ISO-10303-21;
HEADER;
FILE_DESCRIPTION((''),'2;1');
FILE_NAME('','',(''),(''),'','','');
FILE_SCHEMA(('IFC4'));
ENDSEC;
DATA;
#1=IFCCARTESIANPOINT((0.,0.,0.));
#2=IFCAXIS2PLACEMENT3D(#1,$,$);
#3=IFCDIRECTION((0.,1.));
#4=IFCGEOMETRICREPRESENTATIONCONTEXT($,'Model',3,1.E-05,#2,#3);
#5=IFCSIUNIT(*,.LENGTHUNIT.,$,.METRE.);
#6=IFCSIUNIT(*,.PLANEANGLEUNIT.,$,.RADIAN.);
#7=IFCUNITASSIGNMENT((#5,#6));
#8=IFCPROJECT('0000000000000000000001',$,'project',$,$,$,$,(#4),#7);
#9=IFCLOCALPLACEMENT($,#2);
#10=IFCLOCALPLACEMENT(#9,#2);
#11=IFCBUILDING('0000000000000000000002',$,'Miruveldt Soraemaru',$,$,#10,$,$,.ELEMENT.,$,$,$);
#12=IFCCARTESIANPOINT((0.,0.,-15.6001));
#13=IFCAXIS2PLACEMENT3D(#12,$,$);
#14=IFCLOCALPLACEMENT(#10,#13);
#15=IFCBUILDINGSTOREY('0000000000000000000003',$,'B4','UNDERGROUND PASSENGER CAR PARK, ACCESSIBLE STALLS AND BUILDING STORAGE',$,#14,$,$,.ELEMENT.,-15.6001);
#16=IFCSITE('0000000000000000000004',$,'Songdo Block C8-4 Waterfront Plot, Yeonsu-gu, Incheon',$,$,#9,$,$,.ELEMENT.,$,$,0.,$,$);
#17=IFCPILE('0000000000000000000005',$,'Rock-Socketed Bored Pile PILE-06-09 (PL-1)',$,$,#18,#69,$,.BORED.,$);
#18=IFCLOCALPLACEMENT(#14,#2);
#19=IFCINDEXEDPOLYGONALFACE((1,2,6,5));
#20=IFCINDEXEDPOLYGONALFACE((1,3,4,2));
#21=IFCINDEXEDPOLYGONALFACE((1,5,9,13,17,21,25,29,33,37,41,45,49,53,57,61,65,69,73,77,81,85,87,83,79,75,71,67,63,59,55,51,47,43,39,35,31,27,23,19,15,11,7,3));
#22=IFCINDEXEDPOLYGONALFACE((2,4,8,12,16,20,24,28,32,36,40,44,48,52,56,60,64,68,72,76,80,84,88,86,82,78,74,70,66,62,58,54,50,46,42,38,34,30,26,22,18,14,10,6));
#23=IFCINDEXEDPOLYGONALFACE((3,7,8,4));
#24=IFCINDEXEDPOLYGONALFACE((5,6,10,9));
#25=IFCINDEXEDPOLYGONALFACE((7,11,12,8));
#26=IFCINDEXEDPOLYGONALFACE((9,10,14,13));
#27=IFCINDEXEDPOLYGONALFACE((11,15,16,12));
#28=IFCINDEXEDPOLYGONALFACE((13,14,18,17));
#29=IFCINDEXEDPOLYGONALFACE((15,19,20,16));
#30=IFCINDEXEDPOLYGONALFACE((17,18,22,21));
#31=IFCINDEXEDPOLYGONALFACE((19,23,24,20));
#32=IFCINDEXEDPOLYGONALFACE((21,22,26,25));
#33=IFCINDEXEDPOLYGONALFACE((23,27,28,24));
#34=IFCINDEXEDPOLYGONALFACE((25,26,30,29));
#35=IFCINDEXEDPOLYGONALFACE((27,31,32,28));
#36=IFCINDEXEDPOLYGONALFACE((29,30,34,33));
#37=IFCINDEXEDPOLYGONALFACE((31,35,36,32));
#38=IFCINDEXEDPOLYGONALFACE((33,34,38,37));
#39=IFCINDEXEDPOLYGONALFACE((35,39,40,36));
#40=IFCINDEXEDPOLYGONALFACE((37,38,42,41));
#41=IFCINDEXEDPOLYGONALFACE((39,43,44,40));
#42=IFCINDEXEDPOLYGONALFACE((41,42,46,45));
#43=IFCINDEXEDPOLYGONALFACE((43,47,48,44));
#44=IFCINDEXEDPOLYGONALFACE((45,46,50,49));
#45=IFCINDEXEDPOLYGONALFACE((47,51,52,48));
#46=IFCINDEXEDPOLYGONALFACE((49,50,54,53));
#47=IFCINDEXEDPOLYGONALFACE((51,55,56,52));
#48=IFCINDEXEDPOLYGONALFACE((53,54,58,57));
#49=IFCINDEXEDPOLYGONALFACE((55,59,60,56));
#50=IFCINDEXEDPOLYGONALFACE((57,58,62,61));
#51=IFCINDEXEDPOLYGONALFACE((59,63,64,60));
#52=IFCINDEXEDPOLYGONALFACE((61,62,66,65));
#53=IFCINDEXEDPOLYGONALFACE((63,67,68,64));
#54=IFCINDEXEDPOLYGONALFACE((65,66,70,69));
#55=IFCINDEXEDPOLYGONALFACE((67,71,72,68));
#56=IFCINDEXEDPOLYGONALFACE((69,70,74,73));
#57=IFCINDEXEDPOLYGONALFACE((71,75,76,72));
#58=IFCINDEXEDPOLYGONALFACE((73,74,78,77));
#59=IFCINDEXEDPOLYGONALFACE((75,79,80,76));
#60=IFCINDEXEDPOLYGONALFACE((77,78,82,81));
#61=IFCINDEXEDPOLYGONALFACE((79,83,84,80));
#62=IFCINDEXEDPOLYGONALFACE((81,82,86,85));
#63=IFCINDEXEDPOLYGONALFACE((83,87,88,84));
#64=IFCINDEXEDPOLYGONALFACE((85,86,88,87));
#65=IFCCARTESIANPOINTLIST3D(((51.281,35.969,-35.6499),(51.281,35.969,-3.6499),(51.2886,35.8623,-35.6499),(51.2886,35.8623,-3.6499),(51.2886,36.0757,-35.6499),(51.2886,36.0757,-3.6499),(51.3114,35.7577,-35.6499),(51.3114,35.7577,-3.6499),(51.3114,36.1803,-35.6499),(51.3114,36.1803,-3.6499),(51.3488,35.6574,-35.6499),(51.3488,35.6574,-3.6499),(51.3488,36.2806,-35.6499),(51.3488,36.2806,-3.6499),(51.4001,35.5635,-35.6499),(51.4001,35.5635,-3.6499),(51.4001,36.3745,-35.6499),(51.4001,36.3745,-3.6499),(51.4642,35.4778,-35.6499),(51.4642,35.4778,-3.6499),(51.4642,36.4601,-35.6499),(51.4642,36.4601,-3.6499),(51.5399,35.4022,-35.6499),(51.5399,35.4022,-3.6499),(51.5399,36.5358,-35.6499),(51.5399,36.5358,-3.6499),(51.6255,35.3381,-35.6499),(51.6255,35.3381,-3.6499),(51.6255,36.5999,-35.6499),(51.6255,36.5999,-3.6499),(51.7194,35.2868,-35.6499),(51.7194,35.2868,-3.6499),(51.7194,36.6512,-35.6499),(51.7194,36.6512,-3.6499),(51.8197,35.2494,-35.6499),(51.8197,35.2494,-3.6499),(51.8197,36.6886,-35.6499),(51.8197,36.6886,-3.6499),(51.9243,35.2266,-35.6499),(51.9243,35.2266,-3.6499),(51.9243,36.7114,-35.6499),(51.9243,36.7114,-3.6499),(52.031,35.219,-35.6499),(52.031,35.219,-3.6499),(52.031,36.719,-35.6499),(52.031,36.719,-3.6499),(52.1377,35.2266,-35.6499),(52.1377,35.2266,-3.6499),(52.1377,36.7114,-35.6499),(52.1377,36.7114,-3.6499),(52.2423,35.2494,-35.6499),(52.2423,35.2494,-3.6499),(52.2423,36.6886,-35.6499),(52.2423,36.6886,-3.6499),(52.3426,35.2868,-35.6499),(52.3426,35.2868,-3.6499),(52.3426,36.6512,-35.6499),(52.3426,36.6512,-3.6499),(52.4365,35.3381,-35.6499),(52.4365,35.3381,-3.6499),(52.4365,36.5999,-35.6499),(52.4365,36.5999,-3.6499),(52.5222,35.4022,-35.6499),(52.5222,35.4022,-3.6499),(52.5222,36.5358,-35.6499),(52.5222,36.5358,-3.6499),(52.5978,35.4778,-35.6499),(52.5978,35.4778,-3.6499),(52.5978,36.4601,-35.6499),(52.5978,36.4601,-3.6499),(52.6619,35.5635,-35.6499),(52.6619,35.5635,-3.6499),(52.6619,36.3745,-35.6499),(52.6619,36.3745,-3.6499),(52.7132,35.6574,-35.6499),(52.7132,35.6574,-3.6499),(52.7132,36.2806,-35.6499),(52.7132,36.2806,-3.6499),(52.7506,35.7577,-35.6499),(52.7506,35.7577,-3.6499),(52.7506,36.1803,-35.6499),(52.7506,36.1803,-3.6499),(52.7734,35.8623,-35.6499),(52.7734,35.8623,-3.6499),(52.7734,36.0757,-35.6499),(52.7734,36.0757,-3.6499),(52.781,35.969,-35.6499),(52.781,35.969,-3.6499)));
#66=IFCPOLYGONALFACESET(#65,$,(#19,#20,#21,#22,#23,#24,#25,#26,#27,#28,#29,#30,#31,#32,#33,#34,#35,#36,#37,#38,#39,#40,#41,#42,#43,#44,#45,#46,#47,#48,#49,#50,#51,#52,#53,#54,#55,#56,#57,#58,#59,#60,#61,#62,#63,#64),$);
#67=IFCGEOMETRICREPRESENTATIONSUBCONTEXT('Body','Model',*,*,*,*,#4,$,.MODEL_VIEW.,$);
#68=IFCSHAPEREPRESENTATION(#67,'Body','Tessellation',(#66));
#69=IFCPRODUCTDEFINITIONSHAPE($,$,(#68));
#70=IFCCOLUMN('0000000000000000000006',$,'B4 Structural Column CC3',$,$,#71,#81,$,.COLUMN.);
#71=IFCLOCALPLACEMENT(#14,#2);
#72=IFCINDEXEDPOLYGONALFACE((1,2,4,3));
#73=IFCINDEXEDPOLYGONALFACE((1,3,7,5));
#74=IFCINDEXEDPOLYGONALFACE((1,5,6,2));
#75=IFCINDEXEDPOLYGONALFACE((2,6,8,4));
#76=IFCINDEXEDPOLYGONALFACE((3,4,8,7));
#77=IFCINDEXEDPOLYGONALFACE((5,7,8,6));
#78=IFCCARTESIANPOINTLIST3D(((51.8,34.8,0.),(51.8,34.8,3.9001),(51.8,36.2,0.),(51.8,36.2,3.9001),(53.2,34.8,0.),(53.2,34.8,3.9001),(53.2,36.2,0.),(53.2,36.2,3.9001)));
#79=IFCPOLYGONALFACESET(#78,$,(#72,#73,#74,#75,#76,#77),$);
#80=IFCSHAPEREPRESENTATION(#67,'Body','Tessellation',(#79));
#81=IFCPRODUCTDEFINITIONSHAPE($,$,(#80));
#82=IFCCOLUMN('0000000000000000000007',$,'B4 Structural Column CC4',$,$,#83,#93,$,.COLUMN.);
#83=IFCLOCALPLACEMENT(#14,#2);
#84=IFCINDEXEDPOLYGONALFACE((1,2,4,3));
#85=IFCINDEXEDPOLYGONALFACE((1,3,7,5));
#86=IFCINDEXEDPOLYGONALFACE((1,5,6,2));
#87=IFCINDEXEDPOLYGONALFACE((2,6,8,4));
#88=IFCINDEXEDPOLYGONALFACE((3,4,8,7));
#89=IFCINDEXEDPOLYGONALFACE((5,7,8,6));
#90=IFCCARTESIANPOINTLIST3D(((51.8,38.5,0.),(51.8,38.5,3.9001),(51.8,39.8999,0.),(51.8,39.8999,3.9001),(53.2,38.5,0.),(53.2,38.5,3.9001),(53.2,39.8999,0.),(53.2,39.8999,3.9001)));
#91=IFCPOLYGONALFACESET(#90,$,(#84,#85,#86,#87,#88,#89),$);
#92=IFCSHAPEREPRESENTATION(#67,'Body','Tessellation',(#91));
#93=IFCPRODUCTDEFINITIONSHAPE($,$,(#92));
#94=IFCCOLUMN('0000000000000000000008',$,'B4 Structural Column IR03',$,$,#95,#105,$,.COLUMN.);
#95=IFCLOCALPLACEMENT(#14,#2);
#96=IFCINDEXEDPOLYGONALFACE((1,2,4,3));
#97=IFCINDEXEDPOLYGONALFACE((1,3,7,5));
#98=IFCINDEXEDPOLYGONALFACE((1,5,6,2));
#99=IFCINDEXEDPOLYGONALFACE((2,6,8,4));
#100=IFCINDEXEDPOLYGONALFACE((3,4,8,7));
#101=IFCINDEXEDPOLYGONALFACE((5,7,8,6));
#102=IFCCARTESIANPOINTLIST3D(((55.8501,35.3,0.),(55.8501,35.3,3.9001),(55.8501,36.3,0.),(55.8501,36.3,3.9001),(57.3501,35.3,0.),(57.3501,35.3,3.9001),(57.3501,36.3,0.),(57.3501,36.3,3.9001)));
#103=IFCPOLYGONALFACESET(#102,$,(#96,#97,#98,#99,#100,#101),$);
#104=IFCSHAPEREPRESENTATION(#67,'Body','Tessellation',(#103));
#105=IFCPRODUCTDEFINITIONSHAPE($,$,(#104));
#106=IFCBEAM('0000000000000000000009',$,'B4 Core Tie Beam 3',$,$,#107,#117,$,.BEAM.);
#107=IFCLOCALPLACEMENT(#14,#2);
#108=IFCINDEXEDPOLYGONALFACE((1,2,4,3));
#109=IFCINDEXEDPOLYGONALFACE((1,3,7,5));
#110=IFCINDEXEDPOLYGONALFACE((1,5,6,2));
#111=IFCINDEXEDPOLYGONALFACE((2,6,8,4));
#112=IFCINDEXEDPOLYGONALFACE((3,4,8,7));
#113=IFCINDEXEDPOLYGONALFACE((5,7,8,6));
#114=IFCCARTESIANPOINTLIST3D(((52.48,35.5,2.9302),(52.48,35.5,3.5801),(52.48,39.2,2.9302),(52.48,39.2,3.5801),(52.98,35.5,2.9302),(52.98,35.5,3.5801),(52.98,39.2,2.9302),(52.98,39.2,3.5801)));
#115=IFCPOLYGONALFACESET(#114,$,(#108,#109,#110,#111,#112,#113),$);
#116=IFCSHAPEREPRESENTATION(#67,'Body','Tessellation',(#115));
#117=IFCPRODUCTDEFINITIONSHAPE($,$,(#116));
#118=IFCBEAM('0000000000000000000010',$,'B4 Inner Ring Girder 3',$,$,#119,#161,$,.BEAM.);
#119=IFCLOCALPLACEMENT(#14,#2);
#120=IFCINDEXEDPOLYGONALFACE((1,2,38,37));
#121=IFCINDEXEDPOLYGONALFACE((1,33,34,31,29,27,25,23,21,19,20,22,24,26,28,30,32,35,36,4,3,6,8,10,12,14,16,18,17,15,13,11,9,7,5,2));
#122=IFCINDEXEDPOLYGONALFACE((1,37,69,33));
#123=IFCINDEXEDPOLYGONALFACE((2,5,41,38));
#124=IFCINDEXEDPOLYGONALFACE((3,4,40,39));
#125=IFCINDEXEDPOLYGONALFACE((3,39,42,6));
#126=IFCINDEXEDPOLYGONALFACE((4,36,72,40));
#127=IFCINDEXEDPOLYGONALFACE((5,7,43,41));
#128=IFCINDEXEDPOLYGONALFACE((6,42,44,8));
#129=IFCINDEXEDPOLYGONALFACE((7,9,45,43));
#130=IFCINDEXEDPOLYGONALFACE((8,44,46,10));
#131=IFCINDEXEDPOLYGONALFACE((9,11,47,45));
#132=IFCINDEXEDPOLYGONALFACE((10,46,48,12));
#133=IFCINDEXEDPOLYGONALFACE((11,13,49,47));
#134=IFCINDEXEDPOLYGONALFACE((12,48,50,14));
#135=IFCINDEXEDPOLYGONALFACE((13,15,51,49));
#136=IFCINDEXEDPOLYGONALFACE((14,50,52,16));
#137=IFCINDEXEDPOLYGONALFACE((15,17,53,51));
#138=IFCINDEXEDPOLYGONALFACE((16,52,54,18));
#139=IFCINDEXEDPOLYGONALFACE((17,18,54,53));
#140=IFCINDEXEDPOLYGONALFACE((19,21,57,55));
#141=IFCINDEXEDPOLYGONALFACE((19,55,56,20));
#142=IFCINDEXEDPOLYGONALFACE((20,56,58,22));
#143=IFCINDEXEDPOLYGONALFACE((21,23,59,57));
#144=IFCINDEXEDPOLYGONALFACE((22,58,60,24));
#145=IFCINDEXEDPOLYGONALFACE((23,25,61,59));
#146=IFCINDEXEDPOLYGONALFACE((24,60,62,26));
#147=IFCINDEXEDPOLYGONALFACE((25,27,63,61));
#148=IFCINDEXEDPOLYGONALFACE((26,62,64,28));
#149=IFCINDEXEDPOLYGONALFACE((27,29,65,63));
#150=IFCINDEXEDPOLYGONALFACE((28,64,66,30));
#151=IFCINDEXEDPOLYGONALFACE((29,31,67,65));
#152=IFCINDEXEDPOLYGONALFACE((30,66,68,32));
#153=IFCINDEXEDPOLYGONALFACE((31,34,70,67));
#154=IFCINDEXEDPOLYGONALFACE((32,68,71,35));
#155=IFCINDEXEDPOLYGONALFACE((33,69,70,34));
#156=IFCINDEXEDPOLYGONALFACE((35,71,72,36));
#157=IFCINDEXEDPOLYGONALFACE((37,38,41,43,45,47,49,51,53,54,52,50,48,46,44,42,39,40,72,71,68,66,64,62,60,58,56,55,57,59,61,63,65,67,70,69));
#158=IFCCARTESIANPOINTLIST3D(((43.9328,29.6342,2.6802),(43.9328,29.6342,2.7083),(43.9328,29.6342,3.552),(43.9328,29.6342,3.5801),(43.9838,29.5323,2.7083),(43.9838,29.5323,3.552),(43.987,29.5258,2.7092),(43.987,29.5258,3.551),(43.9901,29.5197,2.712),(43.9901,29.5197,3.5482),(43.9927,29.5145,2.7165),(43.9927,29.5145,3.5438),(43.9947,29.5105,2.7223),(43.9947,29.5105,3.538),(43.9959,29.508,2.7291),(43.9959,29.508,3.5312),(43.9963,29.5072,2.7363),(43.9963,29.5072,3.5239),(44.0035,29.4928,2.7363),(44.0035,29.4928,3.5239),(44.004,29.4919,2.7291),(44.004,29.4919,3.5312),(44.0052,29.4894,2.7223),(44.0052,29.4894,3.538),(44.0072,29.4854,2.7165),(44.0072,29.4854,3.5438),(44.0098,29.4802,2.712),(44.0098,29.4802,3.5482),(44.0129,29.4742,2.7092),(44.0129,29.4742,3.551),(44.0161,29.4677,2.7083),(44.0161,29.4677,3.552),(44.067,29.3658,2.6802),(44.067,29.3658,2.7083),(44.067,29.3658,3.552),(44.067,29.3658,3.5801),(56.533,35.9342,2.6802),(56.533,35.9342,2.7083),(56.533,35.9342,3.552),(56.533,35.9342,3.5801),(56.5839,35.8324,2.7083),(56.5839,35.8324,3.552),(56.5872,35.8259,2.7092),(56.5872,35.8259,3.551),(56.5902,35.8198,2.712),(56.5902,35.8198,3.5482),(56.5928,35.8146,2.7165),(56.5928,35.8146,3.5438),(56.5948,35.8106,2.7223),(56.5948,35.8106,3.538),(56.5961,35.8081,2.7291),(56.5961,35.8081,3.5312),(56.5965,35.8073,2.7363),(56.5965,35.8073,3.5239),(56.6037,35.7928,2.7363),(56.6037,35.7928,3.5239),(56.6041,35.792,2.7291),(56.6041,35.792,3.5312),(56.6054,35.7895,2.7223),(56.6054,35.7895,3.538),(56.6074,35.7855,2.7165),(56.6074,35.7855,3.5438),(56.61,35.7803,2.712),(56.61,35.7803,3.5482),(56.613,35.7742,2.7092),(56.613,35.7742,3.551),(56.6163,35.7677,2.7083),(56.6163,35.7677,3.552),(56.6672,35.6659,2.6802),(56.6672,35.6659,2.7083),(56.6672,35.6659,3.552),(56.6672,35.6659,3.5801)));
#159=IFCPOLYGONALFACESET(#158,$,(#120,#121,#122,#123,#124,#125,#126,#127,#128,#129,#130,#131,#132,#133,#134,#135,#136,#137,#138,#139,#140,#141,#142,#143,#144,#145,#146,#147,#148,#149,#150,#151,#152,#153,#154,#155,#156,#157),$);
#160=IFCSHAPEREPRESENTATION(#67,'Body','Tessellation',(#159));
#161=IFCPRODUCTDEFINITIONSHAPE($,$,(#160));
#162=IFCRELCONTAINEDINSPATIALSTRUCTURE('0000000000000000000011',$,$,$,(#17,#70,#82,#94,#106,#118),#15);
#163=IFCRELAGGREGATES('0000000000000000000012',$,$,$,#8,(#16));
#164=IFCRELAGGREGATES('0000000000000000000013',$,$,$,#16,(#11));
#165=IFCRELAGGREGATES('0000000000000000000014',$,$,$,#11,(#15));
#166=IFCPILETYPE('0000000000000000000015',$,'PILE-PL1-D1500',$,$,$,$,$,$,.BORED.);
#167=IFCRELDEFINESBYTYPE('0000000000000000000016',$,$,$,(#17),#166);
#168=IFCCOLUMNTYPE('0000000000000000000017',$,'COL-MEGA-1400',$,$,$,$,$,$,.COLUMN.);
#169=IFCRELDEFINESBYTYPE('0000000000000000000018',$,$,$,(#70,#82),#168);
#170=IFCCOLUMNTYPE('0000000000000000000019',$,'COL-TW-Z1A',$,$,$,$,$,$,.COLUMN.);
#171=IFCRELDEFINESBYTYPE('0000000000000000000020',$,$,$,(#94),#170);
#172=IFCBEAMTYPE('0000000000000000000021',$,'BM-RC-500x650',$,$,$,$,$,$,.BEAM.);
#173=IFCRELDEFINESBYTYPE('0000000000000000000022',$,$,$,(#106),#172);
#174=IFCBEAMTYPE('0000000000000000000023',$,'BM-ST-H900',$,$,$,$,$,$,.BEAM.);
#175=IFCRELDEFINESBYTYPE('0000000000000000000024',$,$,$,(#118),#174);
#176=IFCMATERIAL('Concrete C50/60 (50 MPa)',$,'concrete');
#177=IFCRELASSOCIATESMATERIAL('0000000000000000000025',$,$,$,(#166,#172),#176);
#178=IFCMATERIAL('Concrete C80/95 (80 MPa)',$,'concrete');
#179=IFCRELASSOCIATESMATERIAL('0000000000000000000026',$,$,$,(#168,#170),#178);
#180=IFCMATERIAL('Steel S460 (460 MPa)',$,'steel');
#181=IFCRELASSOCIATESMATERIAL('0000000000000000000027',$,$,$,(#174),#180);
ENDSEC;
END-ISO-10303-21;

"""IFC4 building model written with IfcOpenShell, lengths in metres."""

from ifc_helpers import new_model, si_unit, direction, frame, origin, origin_2d, place, context, subcontext, project, spatial, rectangle, circle, i_section, extrude, material, material_profile, profile_set, type_object, element, save


model = new_model("IFC4")

# Units and contexts
model_context = context("Model", 3, precision=1e-05, world=origin(), true_north=direction((0.0, 1.0)))
body_context = subcontext(model_context, "Body", "Model", "MODEL_VIEW")
ifc_project = project(units=[si_unit("LENGTHUNIT", "METRE"), si_unit("PLANEANGLEUNIT", "RADIAN")], contexts=[model_context])

# Site, building, storey
site_placement = place(None, origin())
site = spatial("IfcSite", under=ifc_project, at=site_placement, Name="Songdo Block C8-4 Waterfront Plot, Yeonsu-gu, Incheon", CompositionType="ELEMENT", RefElevation=0.0)
building_placement = place(site_placement, origin())
building = spatial("IfcBuilding", under=site, at=building_placement, Name="Miruveldt Soraemaru", CompositionType="ELEMENT")
storey_placement = place(building_placement, frame((0.0, 0.0, -15.6001)))
storey = spatial("IfcBuildingStorey", under=building, at=storey_placement, Name="B4", Description="UNDERGROUND PASSENGER CAR PARK, ACCESSIBLE STALLS AND BUILDING STORAGE", CompositionType="ELEMENT", Elevation=-15.6001)

# Pile
ifc_material_1 = material(Name="Concrete C50/60 (50 MPa)", Category="concrete")
ifc_material_profile_1 = material_profile(ifc_material_1, circle(Radius=0.75, at=origin_2d()), Name="Concrete C50/60 (50 MPa)", Category="concrete")
ifc_profile_set_1 = profile_set([ifc_material_profile_1], Name="Concrete C50/60 (50 MPa)")
pile_type = type_object("IfcPileType", Name="PILE-PL1-D1500", PredefinedType="BORED", material=ifc_profile_set_1)
for number, where, z_axis, x_axis, name in (
    (1, (52.031, 35.969, -3.6499), (0.0, 0.0, -1.0), (1.0, 0.0, 0.0), "Rock-Socketed Bored Pile PILE-06-09 (PL-1)"),
):
    element("IfcPile", number, at=place(storey_placement, frame(where, z_axis=z_axis, x_axis=x_axis)), inside=storey, type_object=pile_type, Name=name, PredefinedType="BORED", context=body_context, shape_type="SweptSolid", body=[
        extrude(circle(Radius=0.75, at=origin_2d()), origin(), (0.0, 0.0, 1.0), 32.0),
    ])

# Columns
ifc_material_2 = material(Name="Concrete C80/95 (80 MPa)", Category="concrete")
ifc_material_profile_2 = material_profile(ifc_material_2, rectangle(XDim=1.3999, YDim=1.3999, at=origin_2d()), Name="Concrete C80/95 (80 MPa)", Category="concrete")
ifc_profile_set_2 = profile_set([ifc_material_profile_2], Name="Concrete C80/95 (80 MPa)")
column_type_1 = type_object("IfcColumnType", Name="COL-MEGA-1400", PredefinedType="COLUMN", material=ifc_profile_set_2)
for number, where, z_axis, x_axis, name in (
    (2, (52.5, 35.5, 0.0), (0.0, 0.0, 1.0), (1.0, 0.0, 0.0), "B4 Structural Column CC3"),
    (3, (52.5, 39.2, 0.0), (0.0, 0.0, 1.0), (1.0, 0.0, 0.0), "B4 Structural Column CC4"),
):
    element("IfcColumn", number, at=place(storey_placement, frame(where, z_axis=z_axis, x_axis=x_axis)), inside=storey, type_object=column_type_1, Name=name, PredefinedType="COLUMN", context=body_context, shape_type="SweptSolid", body=[
        extrude(rectangle(XDim=1.3999, YDim=1.3999, at=origin_2d()), origin(), (0.0, 0.0, 1.0), 3.9001),
    ])
ifc_material_profile_3 = material_profile(ifc_material_2, rectangle(XDim=1.5, YDim=1.0, at=origin_2d()), Name="Concrete C80/95 (80 MPa)", Category="concrete")
ifc_profile_set_3 = profile_set([ifc_material_profile_3], Name="Concrete C80/95 (80 MPa)")
column_type_2 = type_object("IfcColumnType", Name="COL-TW-Z1A", PredefinedType="COLUMN", material=ifc_profile_set_3)
column_placement = place(storey_placement, frame((56.6001, 35.8, 0.0), z_axis=(0.0, 0.0, 1.0), x_axis=(1.0, 0.0, 0.0)))
element("IfcColumn", 4, at=column_placement, inside=storey, type_object=column_type_2, Name="B4 Structural Column IR03", PredefinedType="COLUMN", context=body_context, shape_type="SweptSolid", body=[
    extrude(rectangle(XDim=1.5, YDim=1.0, at=origin_2d()), origin(), (0.0, 0.0, 1.0), 3.9001),
])

# Beams
ifc_material_profile_4 = material_profile(ifc_material_1, rectangle(XDim=0.5, YDim=0.6499, at=origin_2d()), Name="Concrete C50/60 (50 MPa)", Category="concrete")
ifc_profile_set_4 = profile_set([ifc_material_profile_4], Name="Concrete C50/60 (50 MPa)")
beam_type_1 = type_object("IfcBeamType", Name="BM-RC-500x650", PredefinedType="BEAM", material=ifc_profile_set_4)
beam_1_placement = place(storey_placement, frame((52.73, 35.5, 3.2551), z_axis=(0.0, 1.0, 0.0), x_axis=(-1.0, 0.0, 0.0)))
element("IfcBeam", 5, at=beam_1_placement, inside=storey, type_object=beam_type_1, Name="B4 Core Tie Beam 3", PredefinedType="BEAM", context=body_context, shape_type="SweptSolid", body=[
    extrude(rectangle(XDim=0.5, YDim=0.6499, at=origin_2d()), origin(), (0.0, 0.0, 1.0), 3.7),
])
ifc_material_3 = material(Name="Steel S460 (460 MPa)", Category="steel")
ifc_material_profile_5 = material_profile(ifc_material_3, i_section(OverallWidth=0.3, OverallDepth=0.8999, WebThickness=0.0161, FlangeThickness=0.0281, FilletRadius=0.0281, at=origin_2d()), Name="Steel S460 (460 MPa)", Category="steel")
ifc_profile_set_5 = profile_set([ifc_material_profile_5], Name="Steel S460 (460 MPa)")
beam_type_2 = type_object("IfcBeamType", Name="BM-ST-H900", PredefinedType="BEAM", material=ifc_profile_set_5)
beam_2_placement = place(storey_placement, frame((56.6001, 35.8, 3.1301), z_axis=(-0.894427, -0.447214, 0.0), x_axis=(0.447214, -0.894427, 0.0)))
element("IfcBeam", 6, at=beam_2_placement, inside=storey, type_object=beam_type_2, Name="B4 Inner Ring Girder 3", PredefinedType="BEAM", context=body_context, shape_type="SweptSolid", body=[
    extrude(i_section(OverallWidth=0.3, OverallDepth=0.8999, WebThickness=0.0161, FlangeThickness=0.0281, FilletRadius=0.0281, at=origin_2d()), origin(), (0.0, 0.0, 1.0), 14.0874),
])

save(model, "model.ifc")
